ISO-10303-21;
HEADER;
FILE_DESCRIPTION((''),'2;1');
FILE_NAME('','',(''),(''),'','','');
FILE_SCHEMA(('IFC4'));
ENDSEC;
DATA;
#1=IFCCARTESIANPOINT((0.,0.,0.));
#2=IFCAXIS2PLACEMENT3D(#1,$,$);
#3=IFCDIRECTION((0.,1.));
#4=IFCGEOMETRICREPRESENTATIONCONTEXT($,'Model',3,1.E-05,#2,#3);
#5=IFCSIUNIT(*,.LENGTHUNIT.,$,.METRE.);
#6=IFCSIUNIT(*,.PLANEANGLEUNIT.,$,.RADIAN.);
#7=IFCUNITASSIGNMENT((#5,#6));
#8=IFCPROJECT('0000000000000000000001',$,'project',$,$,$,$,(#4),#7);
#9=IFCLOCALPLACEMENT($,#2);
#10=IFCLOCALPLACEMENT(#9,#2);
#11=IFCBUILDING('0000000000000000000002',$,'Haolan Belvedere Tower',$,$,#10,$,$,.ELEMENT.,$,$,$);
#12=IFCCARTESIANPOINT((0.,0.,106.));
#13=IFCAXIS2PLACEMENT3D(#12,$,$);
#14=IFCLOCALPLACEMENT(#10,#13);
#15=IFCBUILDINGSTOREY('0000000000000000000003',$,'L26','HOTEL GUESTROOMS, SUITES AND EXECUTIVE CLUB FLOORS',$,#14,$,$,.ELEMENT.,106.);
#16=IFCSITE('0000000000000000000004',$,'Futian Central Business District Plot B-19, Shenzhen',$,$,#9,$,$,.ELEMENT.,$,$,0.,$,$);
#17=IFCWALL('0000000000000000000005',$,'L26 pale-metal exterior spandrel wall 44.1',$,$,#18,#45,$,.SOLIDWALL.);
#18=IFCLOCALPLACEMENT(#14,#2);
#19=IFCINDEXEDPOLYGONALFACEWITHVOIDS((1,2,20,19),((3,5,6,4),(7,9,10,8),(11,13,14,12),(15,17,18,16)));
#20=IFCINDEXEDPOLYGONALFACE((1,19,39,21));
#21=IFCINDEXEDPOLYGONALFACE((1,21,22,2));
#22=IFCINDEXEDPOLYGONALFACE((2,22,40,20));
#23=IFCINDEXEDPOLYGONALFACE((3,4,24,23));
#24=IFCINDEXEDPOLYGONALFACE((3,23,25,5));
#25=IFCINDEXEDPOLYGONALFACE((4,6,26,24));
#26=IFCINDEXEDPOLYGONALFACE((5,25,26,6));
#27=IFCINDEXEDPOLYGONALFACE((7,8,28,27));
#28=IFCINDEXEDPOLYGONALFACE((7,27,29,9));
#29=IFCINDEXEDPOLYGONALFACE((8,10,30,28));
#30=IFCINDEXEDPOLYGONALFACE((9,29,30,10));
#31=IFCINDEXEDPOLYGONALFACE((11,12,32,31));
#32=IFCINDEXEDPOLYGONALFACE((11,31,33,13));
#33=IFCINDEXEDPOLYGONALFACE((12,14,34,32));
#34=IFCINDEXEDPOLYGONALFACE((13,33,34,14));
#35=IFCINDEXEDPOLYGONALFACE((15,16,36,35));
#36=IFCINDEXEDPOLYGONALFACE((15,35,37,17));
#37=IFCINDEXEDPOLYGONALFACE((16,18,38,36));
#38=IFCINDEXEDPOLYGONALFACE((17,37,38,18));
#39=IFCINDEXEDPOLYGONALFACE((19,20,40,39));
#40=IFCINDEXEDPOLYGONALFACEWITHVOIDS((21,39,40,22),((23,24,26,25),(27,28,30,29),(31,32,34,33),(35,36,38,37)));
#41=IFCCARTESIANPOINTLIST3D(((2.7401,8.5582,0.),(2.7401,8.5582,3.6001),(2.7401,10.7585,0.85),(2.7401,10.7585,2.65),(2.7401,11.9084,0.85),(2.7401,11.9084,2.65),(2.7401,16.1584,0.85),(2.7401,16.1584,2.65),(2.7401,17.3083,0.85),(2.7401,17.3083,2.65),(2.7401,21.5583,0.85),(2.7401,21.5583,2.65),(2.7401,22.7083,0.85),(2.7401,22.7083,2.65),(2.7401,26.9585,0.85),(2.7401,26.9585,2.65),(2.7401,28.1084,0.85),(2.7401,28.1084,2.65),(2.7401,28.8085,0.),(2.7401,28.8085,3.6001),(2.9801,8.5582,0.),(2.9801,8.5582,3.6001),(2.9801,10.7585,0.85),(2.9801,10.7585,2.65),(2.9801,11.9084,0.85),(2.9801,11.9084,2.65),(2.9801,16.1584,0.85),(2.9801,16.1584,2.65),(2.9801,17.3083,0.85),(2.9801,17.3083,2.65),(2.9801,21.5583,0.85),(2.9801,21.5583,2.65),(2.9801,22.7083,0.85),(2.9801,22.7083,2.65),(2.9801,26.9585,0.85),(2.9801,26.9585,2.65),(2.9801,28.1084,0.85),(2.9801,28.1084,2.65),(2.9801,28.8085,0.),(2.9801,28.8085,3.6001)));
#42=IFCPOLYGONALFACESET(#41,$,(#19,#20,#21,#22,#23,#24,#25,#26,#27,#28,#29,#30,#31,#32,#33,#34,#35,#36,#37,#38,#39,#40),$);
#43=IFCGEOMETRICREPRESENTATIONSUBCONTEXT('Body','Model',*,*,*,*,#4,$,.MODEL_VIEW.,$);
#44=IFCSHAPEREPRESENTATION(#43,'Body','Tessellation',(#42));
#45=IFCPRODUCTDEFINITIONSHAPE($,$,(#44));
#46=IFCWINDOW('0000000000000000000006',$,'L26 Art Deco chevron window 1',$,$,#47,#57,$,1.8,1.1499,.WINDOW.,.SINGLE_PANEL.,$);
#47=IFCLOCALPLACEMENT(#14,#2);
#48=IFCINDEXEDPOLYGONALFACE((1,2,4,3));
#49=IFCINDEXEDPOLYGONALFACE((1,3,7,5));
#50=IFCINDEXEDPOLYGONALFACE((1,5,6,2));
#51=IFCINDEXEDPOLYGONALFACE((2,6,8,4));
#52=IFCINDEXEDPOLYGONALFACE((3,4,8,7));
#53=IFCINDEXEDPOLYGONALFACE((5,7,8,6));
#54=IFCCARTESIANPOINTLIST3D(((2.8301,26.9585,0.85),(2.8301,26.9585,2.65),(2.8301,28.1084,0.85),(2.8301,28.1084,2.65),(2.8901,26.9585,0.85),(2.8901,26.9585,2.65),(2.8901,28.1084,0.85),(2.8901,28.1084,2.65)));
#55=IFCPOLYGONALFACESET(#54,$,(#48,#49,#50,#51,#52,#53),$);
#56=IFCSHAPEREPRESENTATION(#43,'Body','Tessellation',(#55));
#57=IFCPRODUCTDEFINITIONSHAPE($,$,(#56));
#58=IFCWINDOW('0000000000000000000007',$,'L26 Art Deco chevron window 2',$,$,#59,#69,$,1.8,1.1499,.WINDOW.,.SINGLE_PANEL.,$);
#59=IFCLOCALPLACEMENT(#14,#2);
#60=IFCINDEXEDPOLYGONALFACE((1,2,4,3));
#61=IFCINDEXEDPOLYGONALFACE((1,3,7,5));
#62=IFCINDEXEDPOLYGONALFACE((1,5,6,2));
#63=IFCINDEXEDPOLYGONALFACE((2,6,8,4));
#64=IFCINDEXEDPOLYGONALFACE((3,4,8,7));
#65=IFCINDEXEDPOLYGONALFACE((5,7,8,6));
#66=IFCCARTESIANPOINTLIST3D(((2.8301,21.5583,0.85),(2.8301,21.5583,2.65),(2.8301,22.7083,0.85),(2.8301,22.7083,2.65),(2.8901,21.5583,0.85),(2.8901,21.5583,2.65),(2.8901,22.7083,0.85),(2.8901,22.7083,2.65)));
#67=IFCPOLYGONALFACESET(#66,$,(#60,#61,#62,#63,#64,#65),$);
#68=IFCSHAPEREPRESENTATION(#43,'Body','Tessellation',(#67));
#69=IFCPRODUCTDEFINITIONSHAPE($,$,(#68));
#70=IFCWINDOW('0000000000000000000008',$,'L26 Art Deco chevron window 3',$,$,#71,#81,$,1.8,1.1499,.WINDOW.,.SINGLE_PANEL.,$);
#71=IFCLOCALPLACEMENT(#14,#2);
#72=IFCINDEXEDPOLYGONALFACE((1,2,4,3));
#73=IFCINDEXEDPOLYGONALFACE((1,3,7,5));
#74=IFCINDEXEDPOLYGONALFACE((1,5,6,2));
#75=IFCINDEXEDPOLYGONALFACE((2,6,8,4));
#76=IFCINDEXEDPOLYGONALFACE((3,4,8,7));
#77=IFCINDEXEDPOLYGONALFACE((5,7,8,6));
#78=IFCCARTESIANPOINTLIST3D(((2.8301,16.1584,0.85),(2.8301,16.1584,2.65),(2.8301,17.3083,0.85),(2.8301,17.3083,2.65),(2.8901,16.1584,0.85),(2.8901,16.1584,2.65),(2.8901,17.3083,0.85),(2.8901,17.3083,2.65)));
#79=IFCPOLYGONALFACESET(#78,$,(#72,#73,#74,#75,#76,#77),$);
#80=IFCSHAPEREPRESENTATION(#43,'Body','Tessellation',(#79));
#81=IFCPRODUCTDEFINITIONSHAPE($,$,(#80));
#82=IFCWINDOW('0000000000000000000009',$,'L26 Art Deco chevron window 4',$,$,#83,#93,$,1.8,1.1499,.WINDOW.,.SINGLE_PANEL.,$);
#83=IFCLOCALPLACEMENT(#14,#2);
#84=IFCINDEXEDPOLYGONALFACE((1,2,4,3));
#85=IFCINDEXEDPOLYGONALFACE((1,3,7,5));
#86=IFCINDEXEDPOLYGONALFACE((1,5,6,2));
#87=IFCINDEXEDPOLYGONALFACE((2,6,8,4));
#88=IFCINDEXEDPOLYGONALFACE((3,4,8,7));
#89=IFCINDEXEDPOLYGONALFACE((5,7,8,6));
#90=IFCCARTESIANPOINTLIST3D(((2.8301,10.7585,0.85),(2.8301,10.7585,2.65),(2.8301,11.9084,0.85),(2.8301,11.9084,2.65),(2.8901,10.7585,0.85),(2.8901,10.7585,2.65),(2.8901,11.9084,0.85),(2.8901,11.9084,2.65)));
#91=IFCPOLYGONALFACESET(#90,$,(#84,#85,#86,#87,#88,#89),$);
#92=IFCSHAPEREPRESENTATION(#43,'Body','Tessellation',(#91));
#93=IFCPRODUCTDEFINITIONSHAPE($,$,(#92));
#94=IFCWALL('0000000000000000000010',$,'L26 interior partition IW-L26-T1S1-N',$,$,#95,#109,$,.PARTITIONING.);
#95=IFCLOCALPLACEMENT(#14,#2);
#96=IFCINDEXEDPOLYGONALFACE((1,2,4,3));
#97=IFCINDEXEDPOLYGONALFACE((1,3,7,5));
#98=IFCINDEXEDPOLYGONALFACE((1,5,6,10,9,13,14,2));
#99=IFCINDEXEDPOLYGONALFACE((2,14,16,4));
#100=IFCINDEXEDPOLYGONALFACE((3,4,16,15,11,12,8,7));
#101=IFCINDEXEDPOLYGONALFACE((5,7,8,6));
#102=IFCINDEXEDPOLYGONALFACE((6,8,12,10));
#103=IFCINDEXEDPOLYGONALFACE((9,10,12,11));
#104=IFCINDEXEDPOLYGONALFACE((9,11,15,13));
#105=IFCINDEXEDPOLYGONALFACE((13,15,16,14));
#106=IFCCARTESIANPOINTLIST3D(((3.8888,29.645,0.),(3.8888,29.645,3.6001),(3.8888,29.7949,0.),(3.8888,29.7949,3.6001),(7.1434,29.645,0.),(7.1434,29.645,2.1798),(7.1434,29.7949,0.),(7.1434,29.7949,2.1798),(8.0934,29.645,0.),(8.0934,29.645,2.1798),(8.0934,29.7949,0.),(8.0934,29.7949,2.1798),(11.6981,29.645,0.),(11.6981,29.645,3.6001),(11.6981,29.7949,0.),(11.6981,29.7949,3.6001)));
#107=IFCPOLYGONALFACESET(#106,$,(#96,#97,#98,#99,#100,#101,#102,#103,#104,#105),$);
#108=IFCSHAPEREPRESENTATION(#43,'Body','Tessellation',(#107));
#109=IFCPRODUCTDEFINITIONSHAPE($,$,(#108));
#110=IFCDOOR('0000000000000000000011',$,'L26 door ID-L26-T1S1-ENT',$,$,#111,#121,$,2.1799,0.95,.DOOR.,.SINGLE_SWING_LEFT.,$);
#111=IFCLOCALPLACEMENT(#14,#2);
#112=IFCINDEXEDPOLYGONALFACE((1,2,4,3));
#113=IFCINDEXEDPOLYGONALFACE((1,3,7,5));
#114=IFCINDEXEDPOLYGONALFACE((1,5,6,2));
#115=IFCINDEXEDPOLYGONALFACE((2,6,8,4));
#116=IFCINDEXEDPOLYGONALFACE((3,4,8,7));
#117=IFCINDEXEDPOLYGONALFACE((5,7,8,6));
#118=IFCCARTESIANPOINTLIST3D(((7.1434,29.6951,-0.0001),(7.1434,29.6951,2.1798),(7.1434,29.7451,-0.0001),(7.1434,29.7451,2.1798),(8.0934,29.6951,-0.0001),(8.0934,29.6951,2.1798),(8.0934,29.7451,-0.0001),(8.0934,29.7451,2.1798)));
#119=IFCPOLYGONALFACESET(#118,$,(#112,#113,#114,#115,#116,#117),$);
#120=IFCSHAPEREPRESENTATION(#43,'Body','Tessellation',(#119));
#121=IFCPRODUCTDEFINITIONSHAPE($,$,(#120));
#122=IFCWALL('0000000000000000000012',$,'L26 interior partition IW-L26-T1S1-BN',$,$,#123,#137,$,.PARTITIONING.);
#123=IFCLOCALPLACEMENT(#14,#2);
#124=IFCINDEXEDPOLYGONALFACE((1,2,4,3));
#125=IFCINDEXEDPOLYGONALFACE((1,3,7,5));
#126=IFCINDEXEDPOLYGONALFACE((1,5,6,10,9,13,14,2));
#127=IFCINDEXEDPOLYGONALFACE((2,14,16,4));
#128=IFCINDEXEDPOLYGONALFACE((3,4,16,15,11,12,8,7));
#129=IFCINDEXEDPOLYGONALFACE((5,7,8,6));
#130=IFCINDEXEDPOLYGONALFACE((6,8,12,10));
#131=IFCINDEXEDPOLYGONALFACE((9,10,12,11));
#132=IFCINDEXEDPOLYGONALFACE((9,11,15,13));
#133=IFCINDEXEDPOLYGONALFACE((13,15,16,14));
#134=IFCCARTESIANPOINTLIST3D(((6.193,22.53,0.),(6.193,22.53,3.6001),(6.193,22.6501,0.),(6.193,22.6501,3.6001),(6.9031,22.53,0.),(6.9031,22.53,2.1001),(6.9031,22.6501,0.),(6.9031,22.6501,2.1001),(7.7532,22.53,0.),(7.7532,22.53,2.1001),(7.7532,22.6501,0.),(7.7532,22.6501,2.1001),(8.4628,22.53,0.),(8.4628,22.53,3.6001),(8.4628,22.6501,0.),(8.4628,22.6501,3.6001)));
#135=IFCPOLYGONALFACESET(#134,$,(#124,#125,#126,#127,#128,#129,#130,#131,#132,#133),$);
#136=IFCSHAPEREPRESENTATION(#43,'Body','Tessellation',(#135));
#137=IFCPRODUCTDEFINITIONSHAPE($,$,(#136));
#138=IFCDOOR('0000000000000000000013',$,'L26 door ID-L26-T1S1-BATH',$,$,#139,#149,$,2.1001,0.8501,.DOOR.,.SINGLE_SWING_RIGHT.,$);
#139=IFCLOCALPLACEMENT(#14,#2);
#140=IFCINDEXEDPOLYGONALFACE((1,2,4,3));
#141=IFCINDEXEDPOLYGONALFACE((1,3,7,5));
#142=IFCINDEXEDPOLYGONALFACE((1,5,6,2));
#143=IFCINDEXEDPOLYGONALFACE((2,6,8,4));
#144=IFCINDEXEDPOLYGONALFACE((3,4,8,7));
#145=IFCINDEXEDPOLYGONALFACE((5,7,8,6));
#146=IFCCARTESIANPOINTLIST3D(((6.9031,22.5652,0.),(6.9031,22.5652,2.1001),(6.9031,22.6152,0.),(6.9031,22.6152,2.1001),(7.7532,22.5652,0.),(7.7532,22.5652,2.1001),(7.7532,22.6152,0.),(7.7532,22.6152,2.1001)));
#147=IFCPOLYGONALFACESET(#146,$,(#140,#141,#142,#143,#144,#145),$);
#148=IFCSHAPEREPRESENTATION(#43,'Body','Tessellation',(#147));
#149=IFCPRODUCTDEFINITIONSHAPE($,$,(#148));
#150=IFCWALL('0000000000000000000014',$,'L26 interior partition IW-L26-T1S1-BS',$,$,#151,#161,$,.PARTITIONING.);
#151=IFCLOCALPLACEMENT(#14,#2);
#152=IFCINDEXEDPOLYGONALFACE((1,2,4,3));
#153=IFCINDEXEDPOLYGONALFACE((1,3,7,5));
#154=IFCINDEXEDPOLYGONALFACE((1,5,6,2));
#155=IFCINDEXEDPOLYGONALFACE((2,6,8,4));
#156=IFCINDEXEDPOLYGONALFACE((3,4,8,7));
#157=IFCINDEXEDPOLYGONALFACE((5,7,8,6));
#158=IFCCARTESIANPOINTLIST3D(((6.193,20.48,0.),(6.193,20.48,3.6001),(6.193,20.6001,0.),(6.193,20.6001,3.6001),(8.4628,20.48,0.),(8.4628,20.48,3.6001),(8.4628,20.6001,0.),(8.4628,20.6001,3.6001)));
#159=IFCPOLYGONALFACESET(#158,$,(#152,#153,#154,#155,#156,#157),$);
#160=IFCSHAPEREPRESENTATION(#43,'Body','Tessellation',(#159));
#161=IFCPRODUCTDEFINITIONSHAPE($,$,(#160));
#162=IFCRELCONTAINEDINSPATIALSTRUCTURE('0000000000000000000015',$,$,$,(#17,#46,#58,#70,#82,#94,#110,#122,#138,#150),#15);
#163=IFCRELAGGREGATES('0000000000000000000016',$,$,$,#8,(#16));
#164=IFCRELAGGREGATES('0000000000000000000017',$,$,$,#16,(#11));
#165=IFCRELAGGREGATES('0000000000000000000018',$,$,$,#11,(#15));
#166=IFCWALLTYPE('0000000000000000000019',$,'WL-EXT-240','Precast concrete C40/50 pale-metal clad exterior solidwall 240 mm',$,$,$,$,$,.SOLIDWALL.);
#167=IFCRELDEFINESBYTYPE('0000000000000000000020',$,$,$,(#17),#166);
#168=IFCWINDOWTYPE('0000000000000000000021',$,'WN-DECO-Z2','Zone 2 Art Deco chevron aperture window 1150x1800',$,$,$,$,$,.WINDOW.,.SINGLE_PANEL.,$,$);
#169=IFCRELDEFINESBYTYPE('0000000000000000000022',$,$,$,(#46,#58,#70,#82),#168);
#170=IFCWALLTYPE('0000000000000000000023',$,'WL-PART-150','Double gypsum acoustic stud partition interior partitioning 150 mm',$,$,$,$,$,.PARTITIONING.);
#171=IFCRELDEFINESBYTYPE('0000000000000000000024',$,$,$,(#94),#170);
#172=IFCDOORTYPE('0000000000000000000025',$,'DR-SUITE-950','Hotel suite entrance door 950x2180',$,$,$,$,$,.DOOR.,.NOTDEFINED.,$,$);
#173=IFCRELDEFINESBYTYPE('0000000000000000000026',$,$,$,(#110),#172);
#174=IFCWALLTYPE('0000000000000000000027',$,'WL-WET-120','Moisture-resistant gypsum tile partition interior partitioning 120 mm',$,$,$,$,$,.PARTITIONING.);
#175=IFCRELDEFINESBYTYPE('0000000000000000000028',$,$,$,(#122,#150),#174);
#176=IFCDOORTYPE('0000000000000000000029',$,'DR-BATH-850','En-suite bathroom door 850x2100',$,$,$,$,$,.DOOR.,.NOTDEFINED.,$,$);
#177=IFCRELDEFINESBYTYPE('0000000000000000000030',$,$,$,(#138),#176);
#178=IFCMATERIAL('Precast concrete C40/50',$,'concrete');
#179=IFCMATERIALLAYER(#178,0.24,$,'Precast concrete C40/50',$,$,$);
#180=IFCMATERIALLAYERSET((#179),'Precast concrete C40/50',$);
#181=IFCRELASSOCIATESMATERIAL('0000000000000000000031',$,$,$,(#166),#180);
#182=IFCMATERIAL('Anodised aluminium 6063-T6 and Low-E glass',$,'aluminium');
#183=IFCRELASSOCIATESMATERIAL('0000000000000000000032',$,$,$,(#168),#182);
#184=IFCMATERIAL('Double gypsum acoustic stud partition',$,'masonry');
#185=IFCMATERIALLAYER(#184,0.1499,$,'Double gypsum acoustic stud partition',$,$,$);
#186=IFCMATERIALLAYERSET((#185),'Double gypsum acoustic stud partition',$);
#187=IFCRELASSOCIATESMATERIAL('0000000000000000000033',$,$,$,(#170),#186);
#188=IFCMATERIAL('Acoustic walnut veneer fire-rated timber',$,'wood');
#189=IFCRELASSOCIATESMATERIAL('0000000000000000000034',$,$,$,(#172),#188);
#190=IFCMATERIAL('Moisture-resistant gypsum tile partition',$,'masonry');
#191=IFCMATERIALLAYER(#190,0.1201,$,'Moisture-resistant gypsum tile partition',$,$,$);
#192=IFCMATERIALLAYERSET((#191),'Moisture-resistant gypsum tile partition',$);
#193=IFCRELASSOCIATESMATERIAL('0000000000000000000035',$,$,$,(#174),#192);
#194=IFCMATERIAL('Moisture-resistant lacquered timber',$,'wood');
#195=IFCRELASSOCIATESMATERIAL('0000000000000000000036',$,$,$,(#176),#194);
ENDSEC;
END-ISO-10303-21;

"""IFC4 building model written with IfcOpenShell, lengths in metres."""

from ifc_helpers import new_model, si_unit, direction, frame, frame_2d, origin, place, context, subcontext, project, spatial, rectangle, extrude, material, layer, layer_set, type_object, element, fill, save


model = new_model("IFC4")

# Units and contexts
model_context = context("Model", 3, precision=1e-05, world=origin(), true_north=direction((0.0, 1.0)))
body_context = subcontext(model_context, "Body", "Model", "MODEL_VIEW")
ifc_project = project(units=[si_unit("LENGTHUNIT", "METRE"), si_unit("PLANEANGLEUNIT", "RADIAN")], contexts=[model_context])

# Site, building, storey
site_placement = place(None, origin())
site = spatial("IfcSite", under=ifc_project, at=site_placement, Name="Futian Central Business District Plot B-19, Shenzhen", CompositionType="ELEMENT", RefElevation=0.0)
building_placement = place(site_placement, origin())
building = spatial("IfcBuilding", under=site, at=building_placement, Name="Haolan Belvedere Tower", CompositionType="ELEMENT")
storey_placement = place(building_placement, frame((0.0, 0.0, 106.0)))
storey = spatial("IfcBuildingStorey", under=building, at=storey_placement, Name="L26", Description="HOTEL GUESTROOMS, SUITES AND EXECUTIVE CLUB FLOORS", CompositionType="ELEMENT", Elevation=106.0)

# Wall, openings, windows
ifc_material_1 = material(Name="Precast concrete C40/50", Category="concrete")
ifc_layer_1 = layer(ifc_material_1, 0.24, Name="Precast concrete C40/50")
ifc_layer_set_1 = layer_set([ifc_layer_1], Name="Precast concrete C40/50")
wall_type_1 = type_object("IfcWallType", Name="WL-EXT-240", Description="Precast concrete C40/50 pale-metal clad exterior solidwall 240 mm", PredefinedType="SOLIDWALL", material=ifc_layer_set_1)
wall_1_placement = place(storey_placement, frame((2.8601, 28.8083, 0.0), z_axis=(0.0, 0.0, 1.0), x_axis=(0.0, -1.0, 0.0)))
wall_1 = element("IfcWall", 1, at=wall_1_placement, inside=storey, type_object=wall_type_1, Name="L26 pale-metal exterior spandrel wall 44.1", PredefinedType="SOLIDWALL", context=body_context, shape_type="SweptSolid", body=[
    extrude(rectangle(XDim=20.2502, YDim=0.24, at=frame_2d((10.125, 0.0))), origin(), (0.0, 0.0, 1.0), 3.6001),
])
opening_1_placement = place(wall_1_placement, frame((0.7, 0.0, 0.8501)))
opening_1 = element("IfcOpeningElement", 2, at=opening_1_placement, cuts=wall_1, PredefinedType="OPENING", context=body_context, shape_type="SweptSolid", body=[
    extrude(rectangle(XDim=1.1499, YDim=1.8, at=frame_2d((0.575, 0.8999))), frame((0.0, 0.1299, 0.0), z_axis=(0.0, -1.0, 0.0), x_axis=(1.0, 0.0, 0.0)), (0.0, 0.0, 1.0), 0.26),
])
opening_2_placement = place(wall_1_placement, frame((6.1001, 0.0, 0.8501)))
opening_2 = element("IfcOpeningElement", 3, at=opening_2_placement, cuts=wall_1, PredefinedType="OPENING", context=body_context, shape_type="SweptSolid", body=[
    extrude(rectangle(XDim=1.1499, YDim=1.8, at=frame_2d((0.575, 0.8999))), frame((0.0, 0.1299, 0.0), z_axis=(0.0, -1.0, 0.0), x_axis=(1.0, 0.0, 0.0)), (0.0, 0.0, 1.0), 0.26),
])
opening_3_placement = place(wall_1_placement, frame((11.5, 0.0, 0.8501)))
opening_3 = element("IfcOpeningElement", 4, at=opening_3_placement, cuts=wall_1, PredefinedType="OPENING", context=body_context, shape_type="SweptSolid", body=[
    extrude(rectangle(XDim=1.1499, YDim=1.8, at=frame_2d((0.575, 0.8999))), frame((0.0, 0.1299, 0.0), z_axis=(0.0, -1.0, 0.0), x_axis=(1.0, 0.0, 0.0)), (0.0, 0.0, 1.0), 0.26),
])
opening_4_placement = place(wall_1_placement, frame((16.8999, 0.0, 0.8501)))
opening_4 = element("IfcOpeningElement", 5, at=opening_4_placement, cuts=wall_1, PredefinedType="OPENING", context=body_context, shape_type="SweptSolid", body=[
    extrude(rectangle(XDim=1.1499, YDim=1.8, at=frame_2d((0.575, 0.8999))), frame((0.0, 0.1299, 0.0), z_axis=(0.0, -1.0, 0.0), x_axis=(1.0, 0.0, 0.0)), (0.0, 0.0, 1.0), 0.26),
])
ifc_material_2 = material(Name="Anodised aluminium 6063-T6 and Low-E glass", Category="aluminium")
window_type = type_object("IfcWindowType", Name="WN-DECO-Z2", Description="Zone 2 Art Deco chevron aperture window 1150x1800", PartitioningType="SINGLE_PANEL", PredefinedType="WINDOW", material=ifc_material_2)
window_1_placement = place(opening_1_placement, origin())
window_1 = element("IfcWindow", 6, at=window_1_placement, inside=storey, type_object=window_type, Name="L26 Art Deco chevron window 1", OverallHeight=1.8, OverallWidth=1.1499, PartitioningType="SINGLE_PANEL", PredefinedType="WINDOW", context=body_context, shape_type="SweptSolid", body=[
    extrude(rectangle(XDim=1.1499, YDim=1.8, at=frame_2d((0.575, 0.8999))), frame((0.0, 0.03, 0.0), z_axis=(0.0, -1.0, 0.0), x_axis=(1.0, 0.0, 0.0)), (0.0, 0.0, 1.0), 0.0601),
])
fill(opening_1, window_1)
window_2_placement = place(opening_2_placement, origin())
window_2 = element("IfcWindow", 7, at=window_2_placement, inside=storey, type_object=window_type, Name="L26 Art Deco chevron window 2", OverallHeight=1.8, OverallWidth=1.1499, PartitioningType="SINGLE_PANEL", PredefinedType="WINDOW", context=body_context, shape_type="SweptSolid", body=[
    extrude(rectangle(XDim=1.1499, YDim=1.8, at=frame_2d((0.575, 0.8999))), frame((0.0, 0.03, 0.0), z_axis=(0.0, -1.0, 0.0), x_axis=(1.0, 0.0, 0.0)), (0.0, 0.0, 1.0), 0.0601),
])
fill(opening_2, window_2)
window_3_placement = place(opening_3_placement, origin())
window_3 = element("IfcWindow", 8, at=window_3_placement, inside=storey, type_object=window_type, Name="L26 Art Deco chevron window 3", OverallHeight=1.8, OverallWidth=1.1499, PartitioningType="SINGLE_PANEL", PredefinedType="WINDOW", context=body_context, shape_type="SweptSolid", body=[
    extrude(rectangle(XDim=1.1499, YDim=1.8, at=frame_2d((0.575, 0.8999))), frame((0.0, 0.03, 0.0), z_axis=(0.0, -1.0, 0.0), x_axis=(1.0, 0.0, 0.0)), (0.0, 0.0, 1.0), 0.0601),
])
fill(opening_3, window_3)
window_4_placement = place(opening_4_placement, origin())
window_4 = element("IfcWindow", 9, at=window_4_placement, inside=storey, type_object=window_type, Name="L26 Art Deco chevron window 4", OverallHeight=1.8, OverallWidth=1.1499, PartitioningType="SINGLE_PANEL", PredefinedType="WINDOW", context=body_context, shape_type="SweptSolid", body=[
    extrude(rectangle(XDim=1.1499, YDim=1.8, at=frame_2d((0.575, 0.8999))), frame((0.0, 0.03, 0.0), z_axis=(0.0, -1.0, 0.0), x_axis=(1.0, 0.0, 0.0)), (0.0, 0.0, 1.0), 0.0601),
])
fill(opening_4, window_4)

# Walls, openings, doors
ifc_material_3 = material(Name="Double gypsum acoustic stud partition", Category="masonry")
ifc_layer_2 = layer(ifc_material_3, 0.1499, Name="Double gypsum acoustic stud partition")
ifc_layer_set_2 = layer_set([ifc_layer_2], Name="Double gypsum acoustic stud partition")
wall_type_2 = type_object("IfcWallType", Name="WL-PART-150", Description="Double gypsum acoustic stud partition interior partitioning 150 mm", PredefinedType="PARTITIONING", material=ifc_layer_set_2)
wall_2_placement = place(storey_placement, frame((3.8887, 29.72, 0.0), z_axis=(0.0, 0.0, 1.0), x_axis=(1.0, 0.0, 0.0)))
wall_2 = element("IfcWall", 10, at=wall_2_placement, inside=storey, type_object=wall_type_2, Name="L26 interior partition IW-L26-T1S1-N", PredefinedType="PARTITIONING", context=body_context, shape_type="SweptSolid", body=[
    extrude(rectangle(XDim=7.8093, YDim=0.1499, at=frame_2d((3.9048, 0.0))), origin(), (0.0, 0.0, 1.0), 3.6001),
])
opening_5_placement = place(wall_2_placement, frame((4.2048, 0.0, 0.0), z_axis=(0.0, 0.0, 1.0), x_axis=(-1.0, 0.0, 0.0)))
opening_5 = element("IfcOpeningElement", 11, at=opening_5_placement, cuts=wall_2, PredefinedType="OPENING", context=body_context, shape_type="SweptSolid", body=[
    extrude(rectangle(XDim=0.95, YDim=2.1799, at=frame_2d((0.4751, 1.0898))), frame((0.0, 0.085, 0.0), z_axis=(0.0, -1.0, 0.0), x_axis=(1.0, 0.0, 0.0)), (0.0, 0.0, 1.0), 0.1699),
])
ifc_material_4 = material(Name="Acoustic walnut veneer fire-rated timber", Category="wood")
door_type_1 = type_object("IfcDoorType", Name="DR-SUITE-950", Description="Hotel suite entrance door 950x2180", OperationType="NOTDEFINED", PredefinedType="DOOR", material=ifc_material_4)
door_1_placement = place(opening_5_placement, origin())
door_1 = element("IfcDoor", 12, at=door_1_placement, inside=storey, type_object=door_type_1, Name="L26 door ID-L26-T1S1-ENT", OperationType="SINGLE_SWING_LEFT", OverallHeight=2.1799, OverallWidth=0.95, PredefinedType="DOOR", context=body_context, shape_type="SweptSolid", body=[
    extrude(rectangle(XDim=0.95, YDim=2.1799, at=frame_2d((0.4751, 1.0898))), frame((0.0, 0.0249, 0.0), z_axis=(0.0, -1.0, 0.0), x_axis=(1.0, 0.0, 0.0)), (0.0, 0.0, 1.0), 0.05),
])
fill(opening_5, door_1)
ifc_material_5 = material(Name="Moisture-resistant gypsum tile partition", Category="masonry")
ifc_layer_3 = layer(ifc_material_5, 0.1201, Name="Moisture-resistant gypsum tile partition")
ifc_layer_set_3 = layer_set([ifc_layer_3], Name="Moisture-resistant gypsum tile partition")
wall_type_3 = type_object("IfcWallType", Name="WL-WET-120", Description="Moisture-resistant gypsum tile partition interior partitioning 120 mm", PredefinedType="PARTITIONING", material=ifc_layer_set_3)
wall_3_placement = place(storey_placement, frame((6.1931, 22.5901, 0.0), z_axis=(0.0, 0.0, 1.0), x_axis=(1.0, 0.0, 0.0)))
wall_3 = element("IfcWall", 13, at=wall_3_placement, inside=storey, type_object=wall_type_3, Name="L26 interior partition IW-L26-T1S1-BN", PredefinedType="PARTITIONING", context=body_context, shape_type="SweptSolid", body=[
    extrude(rectangle(XDim=2.2698, YDim=0.1201, at=frame_2d((1.1348, 0.0))), origin(), (0.0, 0.0, 1.0), 3.6001),
])
opening_6_placement = place(wall_3_placement, frame((1.5601, 0.0, 0.0), z_axis=(0.0, 0.0, 1.0), x_axis=(-1.0, 0.0, 0.0)))
opening_6 = element("IfcOpeningElement", 14, at=opening_6_placement, cuts=wall_3, PredefinedType="OPENING", context=body_context, shape_type="SweptSolid", body=[
    extrude(rectangle(XDim=0.8501, YDim=2.1001, at=frame_2d((0.425, 1.05))), frame((0.0, 0.0701, 0.0), z_axis=(0.0, -1.0, 0.0), x_axis=(1.0, 0.0, 0.0)), (0.0, 0.0, 1.0), 0.1401),
])
ifc_material_6 = material(Name="Moisture-resistant lacquered timber", Category="wood")
door_type_2 = type_object("IfcDoorType", Name="DR-BATH-850", Description="En-suite bathroom door 850x2100", OperationType="NOTDEFINED", PredefinedType="DOOR", material=ifc_material_6)
door_2_placement = place(opening_6_placement, origin())
door_2 = element("IfcDoor", 15, at=door_2_placement, inside=storey, type_object=door_type_2, Name="L26 door ID-L26-T1S1-BATH", OperationType="SINGLE_SWING_RIGHT", OverallHeight=2.1001, OverallWidth=0.8501, PredefinedType="DOOR", context=body_context, shape_type="SweptSolid", body=[
    extrude(rectangle(XDim=0.8501, YDim=2.1001, at=frame_2d((0.425, 1.05))), frame((0.0, 0.0249, 0.0), z_axis=(0.0, -1.0, 0.0), x_axis=(1.0, 0.0, 0.0)), (0.0, 0.0, 1.0), 0.05),
])
fill(opening_6, door_2)

# Wall
wall_4_placement = place(storey_placement, frame((6.1931, 20.54, 0.0), z_axis=(0.0, 0.0, 1.0), x_axis=(1.0, 0.0, 0.0)))
element("IfcWall", 16, at=wall_4_placement, inside=storey, type_object=wall_type_3, Name="L26 interior partition IW-L26-T1S1-BS", PredefinedType="PARTITIONING", context=body_context, shape_type="SweptSolid", body=[
    extrude(rectangle(XDim=2.2698, YDim=0.1201, at=frame_2d((1.1348, 0.0))), origin(), (0.0, 0.0, 1.0), 3.6001),
])

save(model, "model.ifc")
